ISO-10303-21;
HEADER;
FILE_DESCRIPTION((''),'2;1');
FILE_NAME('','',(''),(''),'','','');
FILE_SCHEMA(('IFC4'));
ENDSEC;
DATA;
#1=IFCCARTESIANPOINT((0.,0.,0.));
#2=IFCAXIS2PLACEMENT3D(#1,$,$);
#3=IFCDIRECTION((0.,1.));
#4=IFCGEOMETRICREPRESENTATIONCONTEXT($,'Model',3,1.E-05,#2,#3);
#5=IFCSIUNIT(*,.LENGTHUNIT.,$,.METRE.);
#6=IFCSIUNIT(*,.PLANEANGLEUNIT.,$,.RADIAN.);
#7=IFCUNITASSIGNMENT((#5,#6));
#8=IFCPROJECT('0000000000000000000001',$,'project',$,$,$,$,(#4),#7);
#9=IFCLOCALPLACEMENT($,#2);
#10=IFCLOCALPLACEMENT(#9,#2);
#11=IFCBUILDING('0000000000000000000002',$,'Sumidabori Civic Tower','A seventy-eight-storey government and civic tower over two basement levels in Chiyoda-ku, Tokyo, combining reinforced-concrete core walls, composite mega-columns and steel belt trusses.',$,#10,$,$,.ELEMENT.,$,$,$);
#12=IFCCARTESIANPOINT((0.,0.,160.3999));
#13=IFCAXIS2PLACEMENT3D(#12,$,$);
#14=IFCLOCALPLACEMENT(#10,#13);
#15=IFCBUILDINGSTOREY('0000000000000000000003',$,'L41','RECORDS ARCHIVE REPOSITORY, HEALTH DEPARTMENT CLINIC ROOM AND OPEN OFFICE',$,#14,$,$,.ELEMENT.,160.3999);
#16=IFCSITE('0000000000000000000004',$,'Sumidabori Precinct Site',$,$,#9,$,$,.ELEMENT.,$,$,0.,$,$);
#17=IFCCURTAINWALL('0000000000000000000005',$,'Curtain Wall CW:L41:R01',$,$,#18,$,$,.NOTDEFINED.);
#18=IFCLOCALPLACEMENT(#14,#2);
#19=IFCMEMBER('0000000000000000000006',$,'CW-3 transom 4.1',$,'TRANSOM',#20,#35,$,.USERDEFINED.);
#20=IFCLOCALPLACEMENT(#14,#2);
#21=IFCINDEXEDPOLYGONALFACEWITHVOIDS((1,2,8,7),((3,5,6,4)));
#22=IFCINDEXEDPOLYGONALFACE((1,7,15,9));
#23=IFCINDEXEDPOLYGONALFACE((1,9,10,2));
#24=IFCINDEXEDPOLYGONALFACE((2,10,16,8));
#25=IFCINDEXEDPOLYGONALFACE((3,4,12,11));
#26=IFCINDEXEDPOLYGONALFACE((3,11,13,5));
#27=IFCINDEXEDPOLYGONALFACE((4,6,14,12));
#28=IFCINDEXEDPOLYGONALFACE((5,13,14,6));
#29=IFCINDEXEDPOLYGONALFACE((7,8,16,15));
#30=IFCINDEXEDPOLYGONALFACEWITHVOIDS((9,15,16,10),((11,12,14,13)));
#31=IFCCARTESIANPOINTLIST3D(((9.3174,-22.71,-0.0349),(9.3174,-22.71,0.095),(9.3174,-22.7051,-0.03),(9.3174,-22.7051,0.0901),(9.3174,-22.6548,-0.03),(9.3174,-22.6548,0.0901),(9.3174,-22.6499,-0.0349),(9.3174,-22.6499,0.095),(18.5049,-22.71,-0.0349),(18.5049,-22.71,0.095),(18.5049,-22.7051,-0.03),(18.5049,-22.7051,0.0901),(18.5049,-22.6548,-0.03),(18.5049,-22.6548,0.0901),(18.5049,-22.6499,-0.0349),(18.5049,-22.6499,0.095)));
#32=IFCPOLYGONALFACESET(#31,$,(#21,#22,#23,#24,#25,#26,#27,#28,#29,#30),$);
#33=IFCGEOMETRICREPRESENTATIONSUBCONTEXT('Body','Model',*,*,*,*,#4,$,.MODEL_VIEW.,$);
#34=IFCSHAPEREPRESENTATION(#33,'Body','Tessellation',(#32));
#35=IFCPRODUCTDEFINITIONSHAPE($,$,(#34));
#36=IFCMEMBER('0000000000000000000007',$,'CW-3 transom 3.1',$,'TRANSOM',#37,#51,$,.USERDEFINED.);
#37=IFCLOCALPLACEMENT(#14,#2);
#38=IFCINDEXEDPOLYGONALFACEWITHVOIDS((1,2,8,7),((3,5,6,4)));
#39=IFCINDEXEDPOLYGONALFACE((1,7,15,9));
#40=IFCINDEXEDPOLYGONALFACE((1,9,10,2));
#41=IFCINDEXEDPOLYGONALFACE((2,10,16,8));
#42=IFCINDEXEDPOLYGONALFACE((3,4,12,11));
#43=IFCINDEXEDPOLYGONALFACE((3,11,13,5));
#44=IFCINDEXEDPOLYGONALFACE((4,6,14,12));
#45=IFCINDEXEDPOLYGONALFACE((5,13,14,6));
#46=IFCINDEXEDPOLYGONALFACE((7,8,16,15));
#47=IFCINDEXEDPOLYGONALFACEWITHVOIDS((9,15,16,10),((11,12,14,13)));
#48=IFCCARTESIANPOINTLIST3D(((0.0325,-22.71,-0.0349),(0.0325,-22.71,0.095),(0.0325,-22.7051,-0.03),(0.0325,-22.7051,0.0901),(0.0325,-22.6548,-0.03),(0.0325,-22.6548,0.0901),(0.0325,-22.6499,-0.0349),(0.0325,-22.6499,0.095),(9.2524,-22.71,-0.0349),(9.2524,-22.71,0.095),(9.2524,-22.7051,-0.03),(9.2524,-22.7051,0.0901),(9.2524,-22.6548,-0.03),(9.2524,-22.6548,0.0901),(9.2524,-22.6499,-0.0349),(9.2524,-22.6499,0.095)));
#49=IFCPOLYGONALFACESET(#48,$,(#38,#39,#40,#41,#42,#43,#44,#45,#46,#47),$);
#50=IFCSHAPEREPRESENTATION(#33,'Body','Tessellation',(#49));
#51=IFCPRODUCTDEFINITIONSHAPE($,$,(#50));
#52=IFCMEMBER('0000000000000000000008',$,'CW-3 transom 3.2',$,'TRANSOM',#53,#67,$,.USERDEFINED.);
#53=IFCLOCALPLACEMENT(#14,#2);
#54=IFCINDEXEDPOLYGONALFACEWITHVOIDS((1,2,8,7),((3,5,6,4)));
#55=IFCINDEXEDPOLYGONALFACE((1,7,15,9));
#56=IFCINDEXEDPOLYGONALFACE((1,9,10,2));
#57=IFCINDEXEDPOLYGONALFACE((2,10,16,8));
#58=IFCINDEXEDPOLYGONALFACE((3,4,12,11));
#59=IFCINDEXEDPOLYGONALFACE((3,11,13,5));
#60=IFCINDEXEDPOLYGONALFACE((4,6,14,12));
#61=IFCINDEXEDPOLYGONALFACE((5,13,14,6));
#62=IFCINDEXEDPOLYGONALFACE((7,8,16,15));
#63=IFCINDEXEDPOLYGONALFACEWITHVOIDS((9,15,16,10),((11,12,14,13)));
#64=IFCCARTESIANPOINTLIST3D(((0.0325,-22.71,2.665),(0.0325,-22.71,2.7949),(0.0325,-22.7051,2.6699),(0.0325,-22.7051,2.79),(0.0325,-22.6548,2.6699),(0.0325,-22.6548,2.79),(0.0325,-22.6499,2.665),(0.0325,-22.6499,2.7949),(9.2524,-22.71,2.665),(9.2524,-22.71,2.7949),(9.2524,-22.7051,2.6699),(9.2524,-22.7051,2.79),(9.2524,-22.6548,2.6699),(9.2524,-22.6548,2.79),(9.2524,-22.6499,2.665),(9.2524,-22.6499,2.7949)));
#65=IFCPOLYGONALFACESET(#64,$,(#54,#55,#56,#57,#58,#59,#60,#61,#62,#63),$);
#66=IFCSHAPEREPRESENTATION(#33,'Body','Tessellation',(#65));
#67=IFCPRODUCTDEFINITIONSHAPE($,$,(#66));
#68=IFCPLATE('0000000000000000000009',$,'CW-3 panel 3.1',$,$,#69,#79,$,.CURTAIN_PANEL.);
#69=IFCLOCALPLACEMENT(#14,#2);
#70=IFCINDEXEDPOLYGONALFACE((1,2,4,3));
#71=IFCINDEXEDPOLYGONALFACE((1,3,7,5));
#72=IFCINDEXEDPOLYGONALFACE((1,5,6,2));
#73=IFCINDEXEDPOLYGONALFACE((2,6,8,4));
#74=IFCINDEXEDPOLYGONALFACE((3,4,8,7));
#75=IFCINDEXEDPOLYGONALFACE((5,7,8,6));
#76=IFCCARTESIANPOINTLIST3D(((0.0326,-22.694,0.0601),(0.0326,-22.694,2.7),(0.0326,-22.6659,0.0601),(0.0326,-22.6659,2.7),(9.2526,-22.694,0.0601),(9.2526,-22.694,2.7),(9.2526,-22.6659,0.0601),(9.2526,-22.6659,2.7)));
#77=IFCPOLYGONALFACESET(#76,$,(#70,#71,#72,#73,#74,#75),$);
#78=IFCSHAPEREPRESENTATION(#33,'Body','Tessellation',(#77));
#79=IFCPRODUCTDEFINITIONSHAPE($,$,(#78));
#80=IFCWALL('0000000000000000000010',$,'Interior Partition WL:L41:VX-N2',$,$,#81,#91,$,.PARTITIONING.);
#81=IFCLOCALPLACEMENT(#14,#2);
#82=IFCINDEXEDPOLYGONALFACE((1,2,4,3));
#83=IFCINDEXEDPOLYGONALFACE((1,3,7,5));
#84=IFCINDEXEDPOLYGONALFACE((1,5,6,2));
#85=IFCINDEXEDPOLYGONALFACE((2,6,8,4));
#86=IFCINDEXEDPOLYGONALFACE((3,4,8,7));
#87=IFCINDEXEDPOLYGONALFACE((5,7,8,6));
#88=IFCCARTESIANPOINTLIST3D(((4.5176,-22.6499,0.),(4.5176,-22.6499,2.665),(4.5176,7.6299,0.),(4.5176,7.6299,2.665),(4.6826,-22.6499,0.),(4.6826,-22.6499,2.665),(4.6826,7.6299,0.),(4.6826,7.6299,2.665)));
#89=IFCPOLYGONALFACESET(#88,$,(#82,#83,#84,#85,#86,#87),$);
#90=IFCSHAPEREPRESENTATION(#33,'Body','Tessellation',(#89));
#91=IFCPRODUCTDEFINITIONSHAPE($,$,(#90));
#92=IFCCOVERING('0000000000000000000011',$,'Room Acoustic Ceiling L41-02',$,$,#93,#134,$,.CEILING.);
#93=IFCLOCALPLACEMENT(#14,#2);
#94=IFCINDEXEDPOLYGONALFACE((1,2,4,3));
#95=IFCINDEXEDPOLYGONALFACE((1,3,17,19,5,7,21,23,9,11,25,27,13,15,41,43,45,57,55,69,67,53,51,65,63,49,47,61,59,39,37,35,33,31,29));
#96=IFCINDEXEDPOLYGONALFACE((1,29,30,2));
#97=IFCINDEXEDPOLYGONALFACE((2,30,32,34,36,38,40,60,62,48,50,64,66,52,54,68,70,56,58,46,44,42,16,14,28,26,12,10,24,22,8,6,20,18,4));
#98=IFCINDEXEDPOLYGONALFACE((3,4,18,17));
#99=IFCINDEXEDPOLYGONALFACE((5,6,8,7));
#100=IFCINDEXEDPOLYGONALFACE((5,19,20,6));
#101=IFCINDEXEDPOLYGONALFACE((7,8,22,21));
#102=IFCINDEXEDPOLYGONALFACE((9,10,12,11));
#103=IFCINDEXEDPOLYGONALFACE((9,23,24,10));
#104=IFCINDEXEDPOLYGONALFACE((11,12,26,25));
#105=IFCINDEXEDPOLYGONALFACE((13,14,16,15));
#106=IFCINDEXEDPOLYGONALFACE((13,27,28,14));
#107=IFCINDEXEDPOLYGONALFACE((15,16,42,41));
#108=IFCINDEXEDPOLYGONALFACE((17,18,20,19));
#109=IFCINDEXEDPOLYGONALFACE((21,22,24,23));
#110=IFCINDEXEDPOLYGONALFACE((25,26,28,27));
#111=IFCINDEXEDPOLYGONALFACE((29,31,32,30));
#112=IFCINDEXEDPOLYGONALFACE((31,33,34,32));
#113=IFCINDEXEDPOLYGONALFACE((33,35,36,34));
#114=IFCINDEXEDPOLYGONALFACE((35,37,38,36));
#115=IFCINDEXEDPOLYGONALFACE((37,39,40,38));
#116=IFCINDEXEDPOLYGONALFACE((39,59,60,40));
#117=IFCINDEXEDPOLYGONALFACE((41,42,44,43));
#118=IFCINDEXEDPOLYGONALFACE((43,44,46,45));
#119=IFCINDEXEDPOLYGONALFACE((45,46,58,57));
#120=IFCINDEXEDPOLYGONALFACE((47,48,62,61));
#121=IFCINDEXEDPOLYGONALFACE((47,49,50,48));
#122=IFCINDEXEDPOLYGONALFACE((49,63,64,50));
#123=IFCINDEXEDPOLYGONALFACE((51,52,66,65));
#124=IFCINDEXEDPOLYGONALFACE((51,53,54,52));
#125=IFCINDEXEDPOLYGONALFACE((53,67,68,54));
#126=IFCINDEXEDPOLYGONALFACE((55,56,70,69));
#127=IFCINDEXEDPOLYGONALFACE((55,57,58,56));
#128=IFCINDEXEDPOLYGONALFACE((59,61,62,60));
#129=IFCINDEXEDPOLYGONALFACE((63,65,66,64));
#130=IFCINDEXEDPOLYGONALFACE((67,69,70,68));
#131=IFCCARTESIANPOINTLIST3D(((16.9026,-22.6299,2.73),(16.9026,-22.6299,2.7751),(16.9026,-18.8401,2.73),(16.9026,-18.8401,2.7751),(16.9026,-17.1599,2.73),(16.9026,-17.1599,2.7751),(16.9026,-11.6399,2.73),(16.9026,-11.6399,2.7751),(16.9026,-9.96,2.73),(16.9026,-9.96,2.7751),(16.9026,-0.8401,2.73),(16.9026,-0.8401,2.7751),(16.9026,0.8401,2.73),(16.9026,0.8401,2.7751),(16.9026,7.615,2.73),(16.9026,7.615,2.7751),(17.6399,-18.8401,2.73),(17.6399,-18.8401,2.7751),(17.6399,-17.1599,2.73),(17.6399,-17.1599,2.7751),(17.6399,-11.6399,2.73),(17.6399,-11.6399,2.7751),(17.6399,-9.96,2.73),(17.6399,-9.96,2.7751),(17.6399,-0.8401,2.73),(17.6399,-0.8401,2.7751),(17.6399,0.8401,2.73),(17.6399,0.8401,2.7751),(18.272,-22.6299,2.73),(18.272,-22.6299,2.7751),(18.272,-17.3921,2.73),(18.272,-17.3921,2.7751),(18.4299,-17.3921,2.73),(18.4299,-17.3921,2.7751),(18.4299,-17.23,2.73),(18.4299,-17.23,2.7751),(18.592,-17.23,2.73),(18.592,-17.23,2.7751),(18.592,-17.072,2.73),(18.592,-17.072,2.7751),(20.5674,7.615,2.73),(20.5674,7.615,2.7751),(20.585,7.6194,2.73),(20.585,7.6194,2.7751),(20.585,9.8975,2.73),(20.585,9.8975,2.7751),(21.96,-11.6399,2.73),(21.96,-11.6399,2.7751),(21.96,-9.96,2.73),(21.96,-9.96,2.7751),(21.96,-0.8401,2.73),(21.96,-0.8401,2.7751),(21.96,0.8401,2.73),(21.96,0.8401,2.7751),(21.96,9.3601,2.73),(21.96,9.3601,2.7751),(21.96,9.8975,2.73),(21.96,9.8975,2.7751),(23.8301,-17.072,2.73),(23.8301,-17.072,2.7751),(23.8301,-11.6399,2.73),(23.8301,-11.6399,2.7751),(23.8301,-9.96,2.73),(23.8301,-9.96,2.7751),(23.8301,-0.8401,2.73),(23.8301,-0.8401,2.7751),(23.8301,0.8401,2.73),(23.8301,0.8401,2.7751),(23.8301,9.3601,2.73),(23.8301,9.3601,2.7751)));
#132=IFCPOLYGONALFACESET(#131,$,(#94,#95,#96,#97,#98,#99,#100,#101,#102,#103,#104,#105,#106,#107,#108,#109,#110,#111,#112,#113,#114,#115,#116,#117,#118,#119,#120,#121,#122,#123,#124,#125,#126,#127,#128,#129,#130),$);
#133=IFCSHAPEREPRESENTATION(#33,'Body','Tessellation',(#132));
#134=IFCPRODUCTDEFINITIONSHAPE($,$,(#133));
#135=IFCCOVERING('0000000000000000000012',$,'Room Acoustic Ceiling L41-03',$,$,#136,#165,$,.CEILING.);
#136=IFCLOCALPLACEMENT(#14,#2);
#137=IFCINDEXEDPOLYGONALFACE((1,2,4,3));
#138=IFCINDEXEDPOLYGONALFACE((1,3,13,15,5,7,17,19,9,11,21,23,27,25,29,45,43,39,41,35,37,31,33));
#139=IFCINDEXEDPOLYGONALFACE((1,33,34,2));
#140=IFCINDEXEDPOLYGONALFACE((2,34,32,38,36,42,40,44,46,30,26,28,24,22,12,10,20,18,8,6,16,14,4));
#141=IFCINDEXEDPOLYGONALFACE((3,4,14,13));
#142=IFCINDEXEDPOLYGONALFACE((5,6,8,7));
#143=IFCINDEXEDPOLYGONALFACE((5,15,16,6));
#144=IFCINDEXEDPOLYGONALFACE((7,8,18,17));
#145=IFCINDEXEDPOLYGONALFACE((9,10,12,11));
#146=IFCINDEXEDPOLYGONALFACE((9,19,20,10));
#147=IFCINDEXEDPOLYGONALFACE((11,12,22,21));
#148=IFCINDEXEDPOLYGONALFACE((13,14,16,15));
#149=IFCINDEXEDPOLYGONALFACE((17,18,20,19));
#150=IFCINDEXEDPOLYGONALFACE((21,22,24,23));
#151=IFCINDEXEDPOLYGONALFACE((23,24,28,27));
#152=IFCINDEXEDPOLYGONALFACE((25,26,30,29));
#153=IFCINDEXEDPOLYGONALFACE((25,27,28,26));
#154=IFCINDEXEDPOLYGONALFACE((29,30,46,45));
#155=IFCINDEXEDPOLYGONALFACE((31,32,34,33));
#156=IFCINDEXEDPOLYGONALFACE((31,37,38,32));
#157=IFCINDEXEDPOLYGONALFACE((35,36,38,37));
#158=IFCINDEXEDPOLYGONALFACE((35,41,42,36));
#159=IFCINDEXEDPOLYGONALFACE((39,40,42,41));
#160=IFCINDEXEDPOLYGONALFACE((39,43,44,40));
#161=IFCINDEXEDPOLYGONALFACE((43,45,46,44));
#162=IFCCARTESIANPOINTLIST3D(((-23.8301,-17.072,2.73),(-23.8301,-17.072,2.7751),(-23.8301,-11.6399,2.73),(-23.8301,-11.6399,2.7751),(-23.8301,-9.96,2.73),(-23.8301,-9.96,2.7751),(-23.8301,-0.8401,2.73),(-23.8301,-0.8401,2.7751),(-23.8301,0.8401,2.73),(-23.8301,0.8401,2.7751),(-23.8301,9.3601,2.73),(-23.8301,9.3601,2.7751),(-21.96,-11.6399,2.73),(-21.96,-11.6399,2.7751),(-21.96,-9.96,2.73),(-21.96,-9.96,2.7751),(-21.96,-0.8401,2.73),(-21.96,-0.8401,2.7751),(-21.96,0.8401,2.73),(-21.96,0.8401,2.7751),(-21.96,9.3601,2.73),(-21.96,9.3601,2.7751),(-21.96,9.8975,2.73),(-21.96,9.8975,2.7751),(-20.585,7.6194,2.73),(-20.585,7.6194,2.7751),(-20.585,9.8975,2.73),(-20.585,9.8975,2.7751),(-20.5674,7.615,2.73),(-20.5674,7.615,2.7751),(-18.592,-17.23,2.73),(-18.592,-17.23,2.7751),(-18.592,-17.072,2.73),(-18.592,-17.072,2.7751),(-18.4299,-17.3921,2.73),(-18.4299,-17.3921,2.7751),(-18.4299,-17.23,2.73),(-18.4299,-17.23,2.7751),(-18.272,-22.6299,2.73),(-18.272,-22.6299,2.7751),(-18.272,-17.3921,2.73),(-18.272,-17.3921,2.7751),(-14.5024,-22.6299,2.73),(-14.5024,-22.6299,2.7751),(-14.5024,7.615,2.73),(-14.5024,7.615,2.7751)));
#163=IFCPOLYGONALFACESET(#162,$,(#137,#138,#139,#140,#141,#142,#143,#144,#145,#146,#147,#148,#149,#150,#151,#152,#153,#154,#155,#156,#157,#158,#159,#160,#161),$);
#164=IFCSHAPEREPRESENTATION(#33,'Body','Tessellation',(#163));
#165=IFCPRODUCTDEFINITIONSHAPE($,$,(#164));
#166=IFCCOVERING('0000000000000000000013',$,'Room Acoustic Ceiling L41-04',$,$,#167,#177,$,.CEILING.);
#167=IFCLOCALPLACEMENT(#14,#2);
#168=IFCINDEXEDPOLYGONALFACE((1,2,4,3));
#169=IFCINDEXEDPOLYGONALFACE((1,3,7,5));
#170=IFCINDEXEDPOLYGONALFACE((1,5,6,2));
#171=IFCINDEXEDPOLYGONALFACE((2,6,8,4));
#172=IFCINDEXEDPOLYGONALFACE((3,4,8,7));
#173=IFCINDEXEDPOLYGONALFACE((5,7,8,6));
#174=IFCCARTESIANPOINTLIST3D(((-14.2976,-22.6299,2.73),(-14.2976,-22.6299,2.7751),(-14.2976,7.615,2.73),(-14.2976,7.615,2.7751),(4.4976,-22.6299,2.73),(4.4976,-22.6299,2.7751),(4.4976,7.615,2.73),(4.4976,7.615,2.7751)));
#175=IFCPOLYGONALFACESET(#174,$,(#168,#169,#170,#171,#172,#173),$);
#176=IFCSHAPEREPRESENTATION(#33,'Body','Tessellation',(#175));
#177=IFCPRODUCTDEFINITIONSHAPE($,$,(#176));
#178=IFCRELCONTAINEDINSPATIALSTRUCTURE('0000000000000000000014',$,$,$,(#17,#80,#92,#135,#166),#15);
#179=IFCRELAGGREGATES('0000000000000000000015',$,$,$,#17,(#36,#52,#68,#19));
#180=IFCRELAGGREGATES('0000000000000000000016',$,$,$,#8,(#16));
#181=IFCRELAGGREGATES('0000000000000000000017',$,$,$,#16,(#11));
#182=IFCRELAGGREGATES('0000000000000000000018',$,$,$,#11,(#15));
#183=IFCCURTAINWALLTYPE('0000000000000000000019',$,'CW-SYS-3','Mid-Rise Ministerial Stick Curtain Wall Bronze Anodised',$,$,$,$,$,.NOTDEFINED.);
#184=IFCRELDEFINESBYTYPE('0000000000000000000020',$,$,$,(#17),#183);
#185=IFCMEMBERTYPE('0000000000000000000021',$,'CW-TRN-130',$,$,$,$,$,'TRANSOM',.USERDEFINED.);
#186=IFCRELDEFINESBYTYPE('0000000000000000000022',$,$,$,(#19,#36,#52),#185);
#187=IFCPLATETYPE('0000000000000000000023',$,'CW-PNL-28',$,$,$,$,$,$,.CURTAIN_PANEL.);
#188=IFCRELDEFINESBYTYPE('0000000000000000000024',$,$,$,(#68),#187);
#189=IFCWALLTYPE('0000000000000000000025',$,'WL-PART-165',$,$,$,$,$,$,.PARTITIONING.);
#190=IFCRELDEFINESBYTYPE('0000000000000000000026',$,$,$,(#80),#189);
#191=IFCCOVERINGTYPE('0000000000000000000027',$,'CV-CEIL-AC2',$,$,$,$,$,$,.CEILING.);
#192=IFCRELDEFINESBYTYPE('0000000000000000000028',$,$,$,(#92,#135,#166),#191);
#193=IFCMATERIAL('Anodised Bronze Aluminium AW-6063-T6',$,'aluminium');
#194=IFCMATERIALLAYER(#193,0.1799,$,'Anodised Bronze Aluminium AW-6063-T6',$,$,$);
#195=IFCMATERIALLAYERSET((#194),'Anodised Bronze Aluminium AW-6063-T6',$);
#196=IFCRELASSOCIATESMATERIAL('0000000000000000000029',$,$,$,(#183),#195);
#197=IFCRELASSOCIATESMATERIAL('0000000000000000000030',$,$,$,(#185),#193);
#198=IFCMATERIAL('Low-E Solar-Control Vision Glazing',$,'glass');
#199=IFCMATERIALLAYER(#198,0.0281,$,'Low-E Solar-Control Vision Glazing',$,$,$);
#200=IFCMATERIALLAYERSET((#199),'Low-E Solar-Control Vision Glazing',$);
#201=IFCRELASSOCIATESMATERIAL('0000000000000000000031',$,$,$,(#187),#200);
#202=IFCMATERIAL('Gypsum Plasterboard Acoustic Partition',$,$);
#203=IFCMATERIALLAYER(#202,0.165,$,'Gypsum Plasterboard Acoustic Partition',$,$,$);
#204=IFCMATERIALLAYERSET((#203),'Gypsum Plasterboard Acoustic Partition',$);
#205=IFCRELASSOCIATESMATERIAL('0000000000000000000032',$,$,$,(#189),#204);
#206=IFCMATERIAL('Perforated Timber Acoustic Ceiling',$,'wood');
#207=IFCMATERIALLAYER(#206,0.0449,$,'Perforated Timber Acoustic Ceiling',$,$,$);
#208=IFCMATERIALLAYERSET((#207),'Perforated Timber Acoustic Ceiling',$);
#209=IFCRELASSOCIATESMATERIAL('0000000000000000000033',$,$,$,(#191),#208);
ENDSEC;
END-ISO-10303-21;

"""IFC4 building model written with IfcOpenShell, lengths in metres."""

from ifc_helpers import new_model, si_unit, direction, frame, frame_2d, origin, origin_2d, place, context, subcontext, project, spatial, polyline, rectangle, hollow_rectangle, outline, extrude, source, transform, mapped, material, layer, layer_set, material_profile, profile_set, type_object, element, aggregate, save


model = new_model("IFC4")

# Units and contexts
model_context = context("Model", 3, precision=1e-05, world=origin(), true_north=direction((0.0, 1.0)))
body_context = subcontext(model_context, "Body", "Model", "MODEL_VIEW")
ifc_project = project(units=[si_unit("LENGTHUNIT", "METRE"), si_unit("PLANEANGLEUNIT", "RADIAN")], contexts=[model_context])

# Site, building, storey
site_placement = place(None, origin())
site = spatial("IfcSite", under=ifc_project, at=site_placement, Name="Sumidabori Precinct Site", CompositionType="ELEMENT", RefElevation=0.0)
building_placement = place(site_placement, origin())
building = spatial("IfcBuilding", under=site, at=building_placement, Name="Sumidabori Civic Tower", Description="A seventy-eight-storey government and civic tower over two basement levels in Chiyoda-ku, Tokyo, combining reinforced-concrete core walls, composite mega-columns and steel belt trusses.", CompositionType="ELEMENT")
storey_placement = place(building_placement, frame((0.0, 0.0, 160.3999)))
storey = spatial("IfcBuildingStorey", under=building, at=storey_placement, Name="L41", Description="RECORDS ARCHIVE REPOSITORY, HEALTH DEPARTMENT CLINIC ROOM AND OPEN OFFICE", CompositionType="ELEMENT", Elevation=160.3999)

# Curtain wall, members, plate
ifc_material_1 = material(Name="Anodised Bronze Aluminium AW-6063-T6", Category="aluminium")
ifc_layer_1 = layer(ifc_material_1, 0.1799, Name="Anodised Bronze Aluminium AW-6063-T6")
ifc_layer_set_1 = layer_set([ifc_layer_1], Name="Anodised Bronze Aluminium AW-6063-T6")
curtain_wall_type = type_object("IfcCurtainWallType", Name="CW-SYS-3", Description="Mid-Rise Ministerial Stick Curtain Wall Bronze Anodised", PredefinedType="NOTDEFINED", material=ifc_layer_set_1)
curtain_wall_placement = place(storey_placement, origin())
curtain_wall = element("IfcCurtainWall", 1, at=curtain_wall_placement, inside=storey, type_object=curtain_wall_type, Name="Curtain Wall CW:L41:R01", PredefinedType="NOTDEFINED")
ifc_material_profile_1 = material_profile(ifc_material_1, hollow_rectangle(XDim=0.0601, YDim=0.1299, WallThickness=0.0049, at=origin_2d()), Name="ALU TRANSOM 130x60")
ifc_profile_set_1 = profile_set([ifc_material_profile_1], Name="Anodised Bronze Aluminium AW-6063-T6")
member_type_1 = type_object("IfcMemberType", Name="CW-TRN-130", ElementType="TRANSOM", PredefinedType="USERDEFINED", material=ifc_profile_set_1)
shared_shape_1 = source(origin(), body_context, "Body", "SweptSolid", [
    extrude(hollow_rectangle(XDim=0.0601, YDim=0.1299, WallThickness=0.0049, at=origin_2d()), origin(), (0.0, 0.0, 1.0), 9.1875),
])
member_1_placement = place(storey_placement, frame((9.3174, -22.6799, 0.03), z_axis=(1.0, 0.0, 0.0), x_axis=(0.0, 1.0, 0.0)))
member_1 = element("IfcMember", 2, at=member_1_placement, type_object=member_type_1, Name="CW-3 transom 4.1", ObjectType="TRANSOM", PredefinedType="USERDEFINED", context=body_context, shape_type="MappedRepresentation", body=[
    mapped(shared_shape_1, transform((0.0, 0.0, 0.0), x_axis=(1.0, 0.0, 0.0), y_axis=(0.0, 1.0, 0.0), z_axis=(0.0, 0.0, 1.0), scale=1.0)),
])
shared_shape_2 = source(origin(), body_context, "Body", "SweptSolid", [
    extrude(hollow_rectangle(XDim=0.0601, YDim=0.1299, WallThickness=0.0049, at=origin_2d()), origin(), (0.0, 0.0, 1.0), 9.22),
])
member_2_placement = place(storey_placement, frame((0.0325, -22.6799, 0.03), z_axis=(1.0, 0.0, 0.0), x_axis=(0.0, 1.0, 0.0)))
member_2 = element("IfcMember", 3, at=member_2_placement, type_object=member_type_1, Name="CW-3 transom 3.1", ObjectType="TRANSOM", PredefinedType="USERDEFINED", context=body_context, shape_type="MappedRepresentation", body=[
    mapped(shared_shape_2, transform((0.0, 0.0, 0.0), x_axis=(1.0, 0.0, 0.0), y_axis=(0.0, 1.0, 0.0), z_axis=(0.0, 0.0, 1.0), scale=1.0)),
])
member_3_placement = place(storey_placement, frame((0.0325, -22.6799, 2.73), z_axis=(1.0, 0.0, 0.0), x_axis=(0.0, 1.0, 0.0)))
member_3 = element("IfcMember", 4, at=member_3_placement, type_object=member_type_1, Name="CW-3 transom 3.2", ObjectType="TRANSOM", PredefinedType="USERDEFINED", context=body_context, shape_type="MappedRepresentation", body=[
    mapped(shared_shape_2, transform((0.0, 0.0, 0.0), x_axis=(1.0, 0.0, 0.0), y_axis=(0.0, 1.0, 0.0), z_axis=(0.0, 0.0, 1.0), scale=1.0)),
])
ifc_material_2 = material(Name="Low-E Solar-Control Vision Glazing", Category="glass")
ifc_layer_2 = layer(ifc_material_2, 0.0281, Name="Low-E Solar-Control Vision Glazing")
ifc_layer_set_2 = layer_set([ifc_layer_2], Name="Low-E Solar-Control Vision Glazing")
plate_type = type_object("IfcPlateType", Name="CW-PNL-28", PredefinedType="CURTAIN_PANEL", material=ifc_layer_set_2)
shared_shape_3 = source(origin(), body_context, "Body", "SweptSolid", [
    extrude(rectangle(XDim=9.22, YDim=0.0281, at=origin_2d()), origin(), (0.0, 0.0, 1.0), 2.6399),
])
plate_placement = place(storey_placement, frame((4.6426, -22.6799, 0.0601), z_axis=(0.0, 0.0, 1.0), x_axis=(1.0, 0.0, 0.0)))
plate = element("IfcPlate", 5, at=plate_placement, type_object=plate_type, Name="CW-3 panel 3.1", PredefinedType="CURTAIN_PANEL", context=body_context, shape_type="MappedRepresentation", body=[
    mapped(shared_shape_3, transform((0.0, 0.0, 0.0), x_axis=(1.0, 0.0, 0.0), y_axis=(0.0, 1.0, 0.0), z_axis=(0.0, 0.0, 1.0), scale=1.0)),
])
aggregate(curtain_wall, [member_2, member_3, plate, member_1])

# Wall
ifc_material_3 = material(Name="Gypsum Plasterboard Acoustic Partition")
ifc_layer_3 = layer(ifc_material_3, 0.165, Name="Gypsum Plasterboard Acoustic Partition")
ifc_layer_set_3 = layer_set([ifc_layer_3], Name="Gypsum Plasterboard Acoustic Partition")
wall_type = type_object("IfcWallType", Name="WL-PART-165", PredefinedType="PARTITIONING", material=ifc_layer_set_3)
shared_shape_4 = source(origin(), body_context, "Body", "SweptSolid", [
    extrude(rectangle(XDim=30.2798, YDim=0.165, at=frame_2d((15.1399, 0.0))), origin(), (0.0, 0.0, 1.0), 2.665),
])
wall_placement = place(storey_placement, frame((4.6001, -22.6499, 0.0), z_axis=(0.0, 0.0, 1.0), x_axis=(0.0, 1.0, 0.0)))
element("IfcWall", 6, at=wall_placement, inside=storey, type_object=wall_type, Name="Interior Partition WL:L41:VX-N2", PredefinedType="PARTITIONING", context=body_context, shape_type="MappedRepresentation", body=[
    mapped(shared_shape_4, transform((0.0, 0.0, 0.0), x_axis=(1.0, 0.0, 0.0), y_axis=(0.0, 1.0, 0.0), z_axis=(0.0, 0.0, 1.0), scale=1.0)),
])

# Coverings
ifc_material_4 = material(Name="Perforated Timber Acoustic Ceiling", Category="wood")
ifc_layer_4 = layer(ifc_material_4, 0.0449, Name="Perforated Timber Acoustic Ceiling")
ifc_layer_set_4 = layer_set([ifc_layer_4], Name="Perforated Timber Acoustic Ceiling")
covering_type_1 = type_object("IfcCoveringType", Name="CV-CEIL-AC2", PredefinedType="CEILING", material=ifc_layer_set_4)
covering_1_placement = place(storey_placement, frame((0.0, 0.0, 2.73)))
element("IfcCovering", 7, at=covering_1_placement, inside=storey, type_object=covering_type_1, Name="Room Acoustic Ceiling L41-02", PredefinedType="CEILING", context=body_context, shape_type="SweptSolid", body=[
    extrude(outline(polyline([(18.272, -22.6299), (16.9026, -22.6299), (16.9026, -18.8401), (17.6399, -18.8401), (17.6399, -17.1599), (16.9026, -17.1599), (16.9026, -11.6399), (17.6399, -11.6399), (17.6399, -9.96), (16.9026, -9.96), (16.9026, -0.8401), (17.6399, -0.8401), (17.6399, 0.8401), (16.9026, 0.8401), (16.9026, 7.615), (20.5674, 7.615), (20.585, 7.6194), (20.585, 9.8975), (21.96, 9.8975), (21.96, 9.3601), (23.8301, 9.3601), (23.8301, 0.8401), (21.96, 0.8401), (21.96, -0.8401), (23.8301, -0.8401), (23.8301, -9.96), (21.96, -9.96), (21.96, -11.6399), (23.8301, -11.6399), (23.8301, -17.072), (18.592, -17.072), (18.592, -17.23), (18.4299, -17.23), (18.4299, -17.3921), (18.272, -17.3921), (18.272, -22.6299)])), origin(), (0.0, 0.0, 1.0), 0.0452),
])
covering_2_placement = place(storey_placement, frame((0.0, 0.0, 2.73)))
element("IfcCovering", 8, at=covering_2_placement, inside=storey, type_object=covering_type_1, Name="Room Acoustic Ceiling L41-03", PredefinedType="CEILING", context=body_context, shape_type="SweptSolid", body=[
    extrude(outline(polyline([(-23.8301, -0.8401), (-21.96, -0.8401), (-21.96, 0.8401), (-23.8301, 0.8401), (-23.8301, 9.3601), (-21.96, 9.3601), (-21.96, 9.8975), (-20.585, 9.8975), (-20.585, 7.6194), (-20.5674, 7.615), (-14.5024, 7.615), (-14.5024, -22.6299), (-18.272, -22.6299), (-18.272, -17.3921), (-18.4299, -17.3921), (-18.4299, -17.23), (-18.592, -17.23), (-18.592, -17.072), (-23.8301, -17.072), (-23.8301, -11.6399), (-21.96, -11.6399), (-21.96, -9.96), (-23.8301, -9.96), (-23.8301, -0.8401)])), origin(), (0.0, 0.0, 1.0), 0.0452),
])
covering_3_placement = place(storey_placement, frame((0.0, 0.0, 2.73)))
element("IfcCovering", 9, at=covering_3_placement, inside=storey, type_object=covering_type_1, Name="Room Acoustic Ceiling L41-04", PredefinedType="CEILING", context=body_context, shape_type="SweptSolid", body=[
    extrude(outline(polyline([(-14.2976, 7.615), (4.4976, 7.615), (4.4976, -22.6299), (-14.2976, -22.6299), (-14.2976, 7.615)])), origin(), (0.0, 0.0, 1.0), 0.0452),
])

save(model, "model.ifc")
